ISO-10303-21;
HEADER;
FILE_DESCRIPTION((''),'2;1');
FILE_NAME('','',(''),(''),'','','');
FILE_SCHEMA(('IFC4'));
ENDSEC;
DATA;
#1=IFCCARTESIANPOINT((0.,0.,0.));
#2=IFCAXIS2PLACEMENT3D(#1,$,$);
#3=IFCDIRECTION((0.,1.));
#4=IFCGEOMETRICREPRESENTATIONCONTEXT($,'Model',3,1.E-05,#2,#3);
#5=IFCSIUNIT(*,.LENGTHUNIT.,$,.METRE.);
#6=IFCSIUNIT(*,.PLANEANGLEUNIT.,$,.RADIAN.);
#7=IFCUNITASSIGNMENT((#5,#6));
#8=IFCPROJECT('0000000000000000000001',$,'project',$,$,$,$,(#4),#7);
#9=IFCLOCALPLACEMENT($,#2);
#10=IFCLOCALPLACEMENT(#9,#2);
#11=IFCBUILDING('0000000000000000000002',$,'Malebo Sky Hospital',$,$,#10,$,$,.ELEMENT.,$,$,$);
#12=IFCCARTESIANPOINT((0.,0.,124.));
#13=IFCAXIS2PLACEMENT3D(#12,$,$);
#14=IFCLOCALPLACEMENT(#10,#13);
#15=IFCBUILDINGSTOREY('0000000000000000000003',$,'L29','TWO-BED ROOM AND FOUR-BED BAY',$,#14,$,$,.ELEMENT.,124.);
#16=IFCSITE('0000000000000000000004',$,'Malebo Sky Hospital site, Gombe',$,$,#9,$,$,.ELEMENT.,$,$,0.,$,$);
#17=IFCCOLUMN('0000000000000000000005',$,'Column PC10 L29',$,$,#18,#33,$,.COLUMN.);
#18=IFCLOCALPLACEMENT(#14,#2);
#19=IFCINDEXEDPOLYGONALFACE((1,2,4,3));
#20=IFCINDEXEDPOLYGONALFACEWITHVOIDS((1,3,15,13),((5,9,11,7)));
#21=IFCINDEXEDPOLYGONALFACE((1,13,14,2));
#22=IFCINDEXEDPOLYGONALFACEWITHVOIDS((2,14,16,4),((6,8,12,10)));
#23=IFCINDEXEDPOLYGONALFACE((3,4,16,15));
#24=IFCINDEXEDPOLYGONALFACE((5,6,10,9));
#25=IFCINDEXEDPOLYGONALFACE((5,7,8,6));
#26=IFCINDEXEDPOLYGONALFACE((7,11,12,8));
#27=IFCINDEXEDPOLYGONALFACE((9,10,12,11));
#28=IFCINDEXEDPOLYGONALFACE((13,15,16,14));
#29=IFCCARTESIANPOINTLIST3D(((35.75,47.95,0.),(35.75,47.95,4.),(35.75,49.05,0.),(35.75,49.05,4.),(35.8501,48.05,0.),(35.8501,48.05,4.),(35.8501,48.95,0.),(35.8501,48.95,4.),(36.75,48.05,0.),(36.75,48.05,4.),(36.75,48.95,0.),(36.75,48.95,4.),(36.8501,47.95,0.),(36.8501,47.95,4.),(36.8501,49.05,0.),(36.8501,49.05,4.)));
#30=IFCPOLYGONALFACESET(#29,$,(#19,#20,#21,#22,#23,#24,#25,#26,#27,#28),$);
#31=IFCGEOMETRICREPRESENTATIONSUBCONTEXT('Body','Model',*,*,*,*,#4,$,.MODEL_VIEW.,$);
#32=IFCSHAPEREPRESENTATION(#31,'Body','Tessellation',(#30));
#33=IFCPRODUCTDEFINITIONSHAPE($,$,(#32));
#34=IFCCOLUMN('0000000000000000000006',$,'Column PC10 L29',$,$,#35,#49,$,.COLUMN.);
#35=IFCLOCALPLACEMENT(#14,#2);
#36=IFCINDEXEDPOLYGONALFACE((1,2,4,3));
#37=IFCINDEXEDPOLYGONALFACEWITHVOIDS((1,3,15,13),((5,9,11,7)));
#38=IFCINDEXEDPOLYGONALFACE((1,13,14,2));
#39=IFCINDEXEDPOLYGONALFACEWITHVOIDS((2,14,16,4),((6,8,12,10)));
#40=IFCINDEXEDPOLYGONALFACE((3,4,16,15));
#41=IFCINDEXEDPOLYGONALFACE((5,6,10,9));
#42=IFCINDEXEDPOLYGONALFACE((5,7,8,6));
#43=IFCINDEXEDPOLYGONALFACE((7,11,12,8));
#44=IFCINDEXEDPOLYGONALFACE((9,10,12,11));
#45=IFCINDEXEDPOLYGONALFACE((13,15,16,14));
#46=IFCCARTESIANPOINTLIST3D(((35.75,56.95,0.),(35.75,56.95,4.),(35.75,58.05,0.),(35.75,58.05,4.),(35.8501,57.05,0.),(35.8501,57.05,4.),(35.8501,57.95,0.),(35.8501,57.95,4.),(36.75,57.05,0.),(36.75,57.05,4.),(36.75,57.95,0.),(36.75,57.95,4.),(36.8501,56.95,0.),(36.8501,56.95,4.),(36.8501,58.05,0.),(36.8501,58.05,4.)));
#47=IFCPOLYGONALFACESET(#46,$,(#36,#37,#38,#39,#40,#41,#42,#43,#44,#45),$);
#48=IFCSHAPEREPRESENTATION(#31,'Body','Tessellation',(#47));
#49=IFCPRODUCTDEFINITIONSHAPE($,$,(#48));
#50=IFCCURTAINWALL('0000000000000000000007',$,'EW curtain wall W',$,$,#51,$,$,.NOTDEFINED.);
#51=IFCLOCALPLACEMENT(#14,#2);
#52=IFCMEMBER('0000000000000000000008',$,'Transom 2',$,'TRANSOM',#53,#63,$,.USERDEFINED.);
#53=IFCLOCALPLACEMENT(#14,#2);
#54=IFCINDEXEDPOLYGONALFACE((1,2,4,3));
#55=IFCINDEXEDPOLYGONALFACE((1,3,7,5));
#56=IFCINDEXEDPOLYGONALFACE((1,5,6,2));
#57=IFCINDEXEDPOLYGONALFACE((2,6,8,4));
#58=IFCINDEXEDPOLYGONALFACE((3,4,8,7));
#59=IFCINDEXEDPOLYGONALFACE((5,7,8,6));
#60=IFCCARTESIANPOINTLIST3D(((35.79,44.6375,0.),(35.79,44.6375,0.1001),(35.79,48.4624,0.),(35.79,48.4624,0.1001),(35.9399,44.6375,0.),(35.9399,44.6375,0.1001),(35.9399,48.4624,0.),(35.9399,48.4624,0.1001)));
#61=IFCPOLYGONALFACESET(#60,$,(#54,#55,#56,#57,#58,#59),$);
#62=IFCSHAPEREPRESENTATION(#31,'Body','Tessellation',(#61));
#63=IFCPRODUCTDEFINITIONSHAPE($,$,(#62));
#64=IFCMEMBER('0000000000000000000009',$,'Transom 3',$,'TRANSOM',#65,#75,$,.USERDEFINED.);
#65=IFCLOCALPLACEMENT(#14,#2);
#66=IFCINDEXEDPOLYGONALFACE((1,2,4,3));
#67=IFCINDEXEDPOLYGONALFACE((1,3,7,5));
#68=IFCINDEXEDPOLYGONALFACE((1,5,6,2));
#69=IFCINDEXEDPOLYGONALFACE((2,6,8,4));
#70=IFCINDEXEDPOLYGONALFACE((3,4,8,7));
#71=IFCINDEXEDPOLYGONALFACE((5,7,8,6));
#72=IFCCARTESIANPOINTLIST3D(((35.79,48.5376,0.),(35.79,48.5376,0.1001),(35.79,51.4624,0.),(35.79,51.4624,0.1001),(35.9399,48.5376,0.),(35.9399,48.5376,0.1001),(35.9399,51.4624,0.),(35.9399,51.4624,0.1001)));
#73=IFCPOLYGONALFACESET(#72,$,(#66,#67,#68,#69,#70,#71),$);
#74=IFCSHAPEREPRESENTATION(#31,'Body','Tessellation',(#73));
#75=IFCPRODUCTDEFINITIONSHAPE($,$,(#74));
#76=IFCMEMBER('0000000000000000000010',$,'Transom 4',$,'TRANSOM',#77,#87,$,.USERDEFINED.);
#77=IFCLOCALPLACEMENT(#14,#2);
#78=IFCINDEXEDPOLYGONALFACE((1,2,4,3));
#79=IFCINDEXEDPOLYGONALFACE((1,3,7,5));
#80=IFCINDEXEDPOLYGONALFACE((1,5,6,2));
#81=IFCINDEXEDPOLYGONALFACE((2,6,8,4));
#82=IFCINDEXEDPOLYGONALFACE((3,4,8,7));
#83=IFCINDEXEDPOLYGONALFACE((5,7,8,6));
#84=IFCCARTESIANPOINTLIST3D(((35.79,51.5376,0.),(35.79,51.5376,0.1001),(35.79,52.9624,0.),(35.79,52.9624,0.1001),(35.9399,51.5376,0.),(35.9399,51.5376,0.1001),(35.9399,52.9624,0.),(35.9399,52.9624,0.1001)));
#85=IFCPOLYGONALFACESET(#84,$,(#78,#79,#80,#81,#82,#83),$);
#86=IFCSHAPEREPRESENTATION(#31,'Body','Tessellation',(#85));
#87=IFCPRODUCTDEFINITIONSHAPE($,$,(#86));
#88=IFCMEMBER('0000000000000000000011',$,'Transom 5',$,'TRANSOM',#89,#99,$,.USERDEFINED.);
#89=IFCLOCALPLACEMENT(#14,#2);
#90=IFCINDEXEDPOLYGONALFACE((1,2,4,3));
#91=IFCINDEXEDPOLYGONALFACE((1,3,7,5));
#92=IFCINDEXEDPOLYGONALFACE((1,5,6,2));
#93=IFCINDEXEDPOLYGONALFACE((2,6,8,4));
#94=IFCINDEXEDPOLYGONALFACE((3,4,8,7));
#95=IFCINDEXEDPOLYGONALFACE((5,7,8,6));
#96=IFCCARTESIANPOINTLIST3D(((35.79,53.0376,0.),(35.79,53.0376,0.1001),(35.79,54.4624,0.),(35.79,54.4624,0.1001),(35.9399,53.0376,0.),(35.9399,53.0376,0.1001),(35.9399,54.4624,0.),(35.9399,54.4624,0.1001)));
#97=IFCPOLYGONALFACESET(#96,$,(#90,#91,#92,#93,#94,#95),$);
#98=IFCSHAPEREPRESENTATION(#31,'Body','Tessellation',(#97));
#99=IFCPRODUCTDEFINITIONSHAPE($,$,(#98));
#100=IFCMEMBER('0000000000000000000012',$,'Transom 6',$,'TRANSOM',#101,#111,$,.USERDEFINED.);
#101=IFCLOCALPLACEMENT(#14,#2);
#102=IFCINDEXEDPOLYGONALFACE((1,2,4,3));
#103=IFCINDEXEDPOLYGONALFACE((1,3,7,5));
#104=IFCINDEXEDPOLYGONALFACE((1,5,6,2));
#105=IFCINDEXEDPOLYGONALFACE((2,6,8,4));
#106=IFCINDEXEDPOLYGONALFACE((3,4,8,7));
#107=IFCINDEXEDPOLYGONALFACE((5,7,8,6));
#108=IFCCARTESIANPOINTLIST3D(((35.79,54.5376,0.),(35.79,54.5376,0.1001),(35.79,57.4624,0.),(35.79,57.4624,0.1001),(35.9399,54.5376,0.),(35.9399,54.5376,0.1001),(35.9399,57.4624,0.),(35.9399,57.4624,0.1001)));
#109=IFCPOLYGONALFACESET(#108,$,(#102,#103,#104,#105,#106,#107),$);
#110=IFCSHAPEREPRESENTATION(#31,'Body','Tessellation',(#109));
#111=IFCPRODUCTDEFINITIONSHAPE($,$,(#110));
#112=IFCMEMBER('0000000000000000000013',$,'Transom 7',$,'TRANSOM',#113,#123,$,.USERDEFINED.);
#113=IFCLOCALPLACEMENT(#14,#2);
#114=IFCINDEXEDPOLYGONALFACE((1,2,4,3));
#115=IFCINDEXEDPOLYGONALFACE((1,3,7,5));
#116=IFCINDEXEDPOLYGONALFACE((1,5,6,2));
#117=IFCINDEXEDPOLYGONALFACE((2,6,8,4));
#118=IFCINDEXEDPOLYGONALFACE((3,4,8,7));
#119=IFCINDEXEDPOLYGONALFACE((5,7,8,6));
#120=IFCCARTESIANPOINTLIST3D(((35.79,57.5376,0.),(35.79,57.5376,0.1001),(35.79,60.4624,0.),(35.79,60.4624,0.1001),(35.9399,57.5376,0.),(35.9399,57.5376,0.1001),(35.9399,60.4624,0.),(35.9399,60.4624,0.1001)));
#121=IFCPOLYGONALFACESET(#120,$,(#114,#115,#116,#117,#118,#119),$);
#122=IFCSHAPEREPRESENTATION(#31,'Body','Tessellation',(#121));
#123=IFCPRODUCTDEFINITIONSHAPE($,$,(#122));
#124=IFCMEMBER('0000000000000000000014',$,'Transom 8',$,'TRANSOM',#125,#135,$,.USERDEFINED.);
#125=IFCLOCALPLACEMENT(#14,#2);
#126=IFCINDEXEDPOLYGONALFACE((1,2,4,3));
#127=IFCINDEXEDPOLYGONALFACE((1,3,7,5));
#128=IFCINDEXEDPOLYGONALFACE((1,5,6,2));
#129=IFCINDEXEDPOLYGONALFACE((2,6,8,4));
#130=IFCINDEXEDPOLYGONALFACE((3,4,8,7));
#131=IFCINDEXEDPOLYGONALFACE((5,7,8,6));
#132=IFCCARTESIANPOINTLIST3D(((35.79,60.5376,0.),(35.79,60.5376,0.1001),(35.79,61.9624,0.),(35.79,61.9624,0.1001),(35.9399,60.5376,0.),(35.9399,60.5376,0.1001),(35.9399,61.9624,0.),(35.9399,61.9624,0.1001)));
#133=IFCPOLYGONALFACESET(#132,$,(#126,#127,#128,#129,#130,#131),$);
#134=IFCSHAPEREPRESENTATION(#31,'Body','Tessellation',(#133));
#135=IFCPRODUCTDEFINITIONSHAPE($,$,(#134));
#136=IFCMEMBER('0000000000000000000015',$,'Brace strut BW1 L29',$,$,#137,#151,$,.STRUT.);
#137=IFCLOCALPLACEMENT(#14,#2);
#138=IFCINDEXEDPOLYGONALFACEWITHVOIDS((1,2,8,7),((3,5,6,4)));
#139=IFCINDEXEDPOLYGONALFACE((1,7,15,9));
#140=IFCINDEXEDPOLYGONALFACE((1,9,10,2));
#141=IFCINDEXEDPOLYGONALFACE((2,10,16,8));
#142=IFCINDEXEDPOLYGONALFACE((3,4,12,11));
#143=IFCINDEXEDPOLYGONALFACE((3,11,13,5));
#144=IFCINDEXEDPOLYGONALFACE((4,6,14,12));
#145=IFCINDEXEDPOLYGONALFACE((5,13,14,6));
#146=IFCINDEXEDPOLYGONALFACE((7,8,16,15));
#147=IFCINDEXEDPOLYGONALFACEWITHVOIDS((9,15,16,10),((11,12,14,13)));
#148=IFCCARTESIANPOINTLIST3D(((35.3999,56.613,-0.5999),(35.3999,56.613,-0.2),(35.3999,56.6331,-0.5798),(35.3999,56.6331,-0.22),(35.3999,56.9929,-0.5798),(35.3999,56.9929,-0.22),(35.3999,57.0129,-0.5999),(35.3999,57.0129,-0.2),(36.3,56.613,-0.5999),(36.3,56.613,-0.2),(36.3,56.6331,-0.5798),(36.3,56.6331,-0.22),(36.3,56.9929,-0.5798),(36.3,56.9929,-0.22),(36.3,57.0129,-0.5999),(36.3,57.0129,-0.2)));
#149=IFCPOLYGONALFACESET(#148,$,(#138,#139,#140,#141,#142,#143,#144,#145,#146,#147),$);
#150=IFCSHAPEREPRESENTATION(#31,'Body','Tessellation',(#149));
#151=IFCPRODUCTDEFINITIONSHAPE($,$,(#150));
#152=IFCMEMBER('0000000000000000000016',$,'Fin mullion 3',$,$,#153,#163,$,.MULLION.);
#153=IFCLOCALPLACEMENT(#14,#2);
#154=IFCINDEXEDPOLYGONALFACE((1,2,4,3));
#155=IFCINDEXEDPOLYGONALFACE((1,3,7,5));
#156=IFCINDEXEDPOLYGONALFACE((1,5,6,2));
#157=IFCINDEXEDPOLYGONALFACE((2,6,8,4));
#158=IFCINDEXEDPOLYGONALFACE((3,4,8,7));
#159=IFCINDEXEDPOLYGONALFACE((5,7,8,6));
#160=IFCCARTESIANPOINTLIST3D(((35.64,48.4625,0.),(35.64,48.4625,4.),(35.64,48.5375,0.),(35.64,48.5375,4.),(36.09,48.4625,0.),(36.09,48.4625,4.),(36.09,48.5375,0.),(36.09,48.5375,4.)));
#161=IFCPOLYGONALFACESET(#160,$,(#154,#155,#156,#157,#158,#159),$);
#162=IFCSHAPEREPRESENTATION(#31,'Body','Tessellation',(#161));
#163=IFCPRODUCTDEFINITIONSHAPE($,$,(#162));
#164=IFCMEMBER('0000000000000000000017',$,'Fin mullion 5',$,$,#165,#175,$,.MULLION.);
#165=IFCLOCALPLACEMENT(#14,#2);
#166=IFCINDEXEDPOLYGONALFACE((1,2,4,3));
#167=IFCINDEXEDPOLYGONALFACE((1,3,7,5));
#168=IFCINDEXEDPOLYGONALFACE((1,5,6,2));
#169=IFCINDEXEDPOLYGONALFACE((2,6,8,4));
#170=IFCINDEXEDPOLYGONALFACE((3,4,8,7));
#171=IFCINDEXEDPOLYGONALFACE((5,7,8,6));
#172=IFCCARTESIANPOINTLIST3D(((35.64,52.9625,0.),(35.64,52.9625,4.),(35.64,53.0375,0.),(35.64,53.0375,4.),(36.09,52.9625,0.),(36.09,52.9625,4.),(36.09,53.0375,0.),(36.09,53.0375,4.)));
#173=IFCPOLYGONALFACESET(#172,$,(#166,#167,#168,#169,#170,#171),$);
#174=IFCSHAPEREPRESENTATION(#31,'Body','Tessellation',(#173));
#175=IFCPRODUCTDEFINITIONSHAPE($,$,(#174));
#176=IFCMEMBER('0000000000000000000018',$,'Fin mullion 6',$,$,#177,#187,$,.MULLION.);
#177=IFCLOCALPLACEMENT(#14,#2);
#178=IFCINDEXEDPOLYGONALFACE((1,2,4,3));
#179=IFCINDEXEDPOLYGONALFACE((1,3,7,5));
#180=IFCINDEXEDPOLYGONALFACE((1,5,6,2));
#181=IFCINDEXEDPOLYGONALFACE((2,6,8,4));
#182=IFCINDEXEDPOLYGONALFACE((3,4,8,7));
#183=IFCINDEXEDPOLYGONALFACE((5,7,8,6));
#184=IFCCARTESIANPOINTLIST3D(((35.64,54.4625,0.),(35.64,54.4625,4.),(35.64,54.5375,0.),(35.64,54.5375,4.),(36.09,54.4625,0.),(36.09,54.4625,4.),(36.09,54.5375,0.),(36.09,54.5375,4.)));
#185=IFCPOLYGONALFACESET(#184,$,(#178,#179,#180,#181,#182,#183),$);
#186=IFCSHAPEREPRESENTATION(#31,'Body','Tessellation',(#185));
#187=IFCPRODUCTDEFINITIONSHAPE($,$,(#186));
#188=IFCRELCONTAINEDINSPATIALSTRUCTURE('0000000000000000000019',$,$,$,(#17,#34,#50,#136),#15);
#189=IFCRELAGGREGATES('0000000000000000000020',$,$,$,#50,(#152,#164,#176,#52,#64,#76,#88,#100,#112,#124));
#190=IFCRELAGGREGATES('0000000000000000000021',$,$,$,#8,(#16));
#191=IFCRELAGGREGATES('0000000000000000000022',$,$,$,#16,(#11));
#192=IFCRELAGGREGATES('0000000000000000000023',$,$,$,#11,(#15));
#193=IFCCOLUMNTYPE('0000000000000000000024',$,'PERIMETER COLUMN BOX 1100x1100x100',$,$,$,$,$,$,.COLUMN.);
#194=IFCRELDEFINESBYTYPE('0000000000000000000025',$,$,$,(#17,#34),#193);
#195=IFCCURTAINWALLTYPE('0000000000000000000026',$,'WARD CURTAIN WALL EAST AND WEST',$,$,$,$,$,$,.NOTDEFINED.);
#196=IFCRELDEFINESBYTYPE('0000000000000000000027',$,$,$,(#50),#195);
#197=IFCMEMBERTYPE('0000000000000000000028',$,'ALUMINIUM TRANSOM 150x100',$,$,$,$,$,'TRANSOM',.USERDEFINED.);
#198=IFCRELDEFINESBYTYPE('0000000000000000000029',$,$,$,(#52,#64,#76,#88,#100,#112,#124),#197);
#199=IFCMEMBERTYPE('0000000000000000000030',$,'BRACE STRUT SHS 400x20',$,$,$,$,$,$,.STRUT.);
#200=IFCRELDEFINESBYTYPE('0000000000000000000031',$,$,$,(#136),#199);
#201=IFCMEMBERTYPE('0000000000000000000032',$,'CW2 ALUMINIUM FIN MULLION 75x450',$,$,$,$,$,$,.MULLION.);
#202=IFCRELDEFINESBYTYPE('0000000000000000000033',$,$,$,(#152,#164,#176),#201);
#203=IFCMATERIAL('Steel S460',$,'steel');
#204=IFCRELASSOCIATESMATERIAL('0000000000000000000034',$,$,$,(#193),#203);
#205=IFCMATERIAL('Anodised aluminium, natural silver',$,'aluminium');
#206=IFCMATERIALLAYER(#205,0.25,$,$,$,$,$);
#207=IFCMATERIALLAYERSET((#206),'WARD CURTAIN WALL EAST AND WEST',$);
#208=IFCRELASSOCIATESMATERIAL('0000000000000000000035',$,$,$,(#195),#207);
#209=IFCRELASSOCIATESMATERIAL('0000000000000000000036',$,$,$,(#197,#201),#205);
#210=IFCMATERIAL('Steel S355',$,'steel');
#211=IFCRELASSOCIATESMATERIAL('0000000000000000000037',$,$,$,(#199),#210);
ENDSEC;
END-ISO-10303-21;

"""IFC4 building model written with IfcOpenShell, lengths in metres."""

from ifc_helpers import new_model, si_unit, direction, frame, origin, origin_2d, place, context, subcontext, project, spatial, rectangle, hollow_rectangle, extrude, material, layer, layer_set, material_profile, profile_set, type_object, element, aggregate, save


model = new_model("IFC4")

# Units and contexts
model_context = context("Model", 3, precision=1e-05, world=origin(), true_north=direction((0.0, 1.0)))
body_context = subcontext(model_context, "Body", "Model", "MODEL_VIEW")
ifc_project = project(units=[si_unit("LENGTHUNIT", "METRE"), si_unit("PLANEANGLEUNIT", "RADIAN")], contexts=[model_context])

# Site, building, storey
site_placement = place(None, origin())
site = spatial("IfcSite", under=ifc_project, at=site_placement, Name="Malebo Sky Hospital site, Gombe", CompositionType="ELEMENT", RefElevation=0.0)
building_placement = place(site_placement, origin())
building = spatial("IfcBuilding", under=site, at=building_placement, Name="Malebo Sky Hospital", CompositionType="ELEMENT")
storey_placement = place(building_placement, frame((0.0, 0.0, 124.0)))
storey = spatial("IfcBuildingStorey", under=building, at=storey_placement, Name="L29", Description="TWO-BED ROOM AND FOUR-BED BAY", CompositionType="ELEMENT", Elevation=124.0)

# Columns
ifc_material_1 = material(Name="Steel S460", Category="steel")
ifc_material_profile_1 = material_profile(ifc_material_1, hollow_rectangle(XDim=1.1001, YDim=1.1001, WallThickness=0.1001, at=origin_2d()), Name="BOX 1100x1100x100")
ifc_profile_set_1 = profile_set([ifc_material_profile_1], Name="Steel S460")
column_type = type_object("IfcColumnType", Name="PERIMETER COLUMN BOX 1100x1100x100", PredefinedType="COLUMN", material=ifc_profile_set_1)
for number, where, z_axis, x_axis, name in (
    (1, (36.3, 48.5, 0.0), (0.0, 0.0, 1.0), (1.0, 0.0, 0.0), "Column PC10 L29"),
    (2, (36.3, 57.5, 0.0), (0.0, 0.0, 1.0), (1.0, 0.0, 0.0), "Column PC10 L29"),
):
    element("IfcColumn", number, at=place(storey_placement, frame(where, z_axis=z_axis, x_axis=x_axis)), inside=storey, type_object=column_type, Name=name, PredefinedType="COLUMN", context=body_context, shape_type="SweptSolid", body=[
        extrude(hollow_rectangle(XDim=1.1001, YDim=1.1001, WallThickness=0.1001, at=origin_2d()), origin(), (0.0, 0.0, 1.0), 4.0),
    ])

# Curtain wall, members
ifc_material_2 = material(Name="Anodised aluminium, natural silver", Category="aluminium")
ifc_layer_1 = layer(ifc_material_2, 0.25)
ifc_layer_set_1 = layer_set([ifc_layer_1], Name="WARD CURTAIN WALL EAST AND WEST")
curtain_wall_type = type_object("IfcCurtainWallType", Name="WARD CURTAIN WALL EAST AND WEST", PredefinedType="NOTDEFINED", material=ifc_layer_set_1)
curtain_wall_placement = place(storey_placement, origin())
curtain_wall = element("IfcCurtainWall", 3, at=curtain_wall_placement, inside=storey, type_object=curtain_wall_type, Name="EW curtain wall W", PredefinedType="NOTDEFINED")
ifc_material_profile_2 = material_profile(ifc_material_2, rectangle(XDim=0.1499, YDim=0.1001, at=origin_2d()), Name="ALUMINIUM TRANSOM 150x100")
ifc_profile_set_2 = profile_set([ifc_material_profile_2], Name="Anodised aluminium, natural silver")
member_type_1 = type_object("IfcMemberType", Name="ALUMINIUM TRANSOM 150x100", ElementType="TRANSOM", PredefinedType="USERDEFINED", material=ifc_profile_set_2)
member_1_placement = place(storey_placement, frame((35.865, 44.6375, 0.05), z_axis=(0.0, 1.0, 0.0), x_axis=(-1.0, 0.0, 0.0)))
member_1 = element("IfcMember", 4, at=member_1_placement, type_object=member_type_1, Name="Transom 2", ObjectType="TRANSOM", PredefinedType="USERDEFINED", context=body_context, shape_type="SweptSolid", body=[
    extrude(rectangle(XDim=0.1499, YDim=0.1001, at=origin_2d()), origin(), (0.0, 0.0, 1.0), 3.825),
])
member_2_placement = place(storey_placement, frame((35.865, 48.5376, 0.05), z_axis=(0.0, 1.0, 0.0), x_axis=(-1.0, 0.0, 0.0)))
member_2 = element("IfcMember", 5, at=member_2_placement, type_object=member_type_1, Name="Transom 3", ObjectType="TRANSOM", PredefinedType="USERDEFINED", context=body_context, shape_type="SweptSolid", body=[
    extrude(rectangle(XDim=0.1499, YDim=0.1001, at=origin_2d()), origin(), (0.0, 0.0, 1.0), 2.9248),
])
member_3_placement = place(storey_placement, frame((35.865, 51.5376, 0.05), z_axis=(0.0, 1.0, 0.0), x_axis=(-1.0, 0.0, 0.0)))
member_3 = element("IfcMember", 6, at=member_3_placement, type_object=member_type_1, Name="Transom 4", ObjectType="TRANSOM", PredefinedType="USERDEFINED", context=body_context, shape_type="SweptSolid", body=[
    extrude(rectangle(XDim=0.1499, YDim=0.1001, at=origin_2d()), origin(), (0.0, 0.0, 1.0), 1.4248),
])
member_4_placement = place(storey_placement, frame((35.865, 53.0376, 0.05), z_axis=(0.0, 1.0, 0.0), x_axis=(-1.0, 0.0, 0.0)))
member_4 = element("IfcMember", 7, at=member_4_placement, type_object=member_type_1, Name="Transom 5", ObjectType="TRANSOM", PredefinedType="USERDEFINED", context=body_context, shape_type="SweptSolid", body=[
    extrude(rectangle(XDim=0.1499, YDim=0.1001, at=origin_2d()), origin(), (0.0, 0.0, 1.0), 1.4248),
])
member_5_placement = place(storey_placement, frame((35.865, 54.5376, 0.05), z_axis=(0.0, 1.0, 0.0), x_axis=(-1.0, 0.0, 0.0)))
member_5 = element("IfcMember", 8, at=member_5_placement, type_object=member_type_1, Name="Transom 6", ObjectType="TRANSOM", PredefinedType="USERDEFINED", context=body_context, shape_type="SweptSolid", body=[
    extrude(rectangle(XDim=0.1499, YDim=0.1001, at=origin_2d()), origin(), (0.0, 0.0, 1.0), 2.9248),
])
member_6_placement = place(storey_placement, frame((35.865, 57.5376, 0.05), z_axis=(0.0, 1.0, 0.0), x_axis=(-1.0, 0.0, 0.0)))
member_6 = element("IfcMember", 9, at=member_6_placement, type_object=member_type_1, Name="Transom 7", ObjectType="TRANSOM", PredefinedType="USERDEFINED", context=body_context, shape_type="SweptSolid", body=[
    extrude(rectangle(XDim=0.1499, YDim=0.1001, at=origin_2d()), origin(), (0.0, 0.0, 1.0), 2.9248),
])
member_7_placement = place(storey_placement, frame((35.865, 60.5376, 0.05), z_axis=(0.0, 1.0, 0.0), x_axis=(-1.0, 0.0, 0.0)))
member_7 = element("IfcMember", 10, at=member_7_placement, type_object=member_type_1, Name="Transom 8", ObjectType="TRANSOM", PredefinedType="USERDEFINED", context=body_context, shape_type="SweptSolid", body=[
    extrude(rectangle(XDim=0.1499, YDim=0.1001, at=origin_2d()), origin(), (0.0, 0.0, 1.0), 1.4248),
])

# Members
ifc_material_3 = material(Name="Steel S355", Category="steel")
ifc_material_profile_3 = material_profile(ifc_material_3, hollow_rectangle(XDim=0.3999, YDim=0.3999, WallThickness=0.02, at=origin_2d()), Name="SHS 400x20")
ifc_profile_set_3 = profile_set([ifc_material_profile_3], Name="Steel S355")
member_type_2 = type_object("IfcMemberType", Name="BRACE STRUT SHS 400x20", PredefinedType="STRUT", material=ifc_profile_set_3)
member_8_placement = place(storey_placement, frame((35.3999, 56.813, -0.3999), z_axis=(1.0, 0.0, 0.0), x_axis=(0.0, 1.0, 0.0)))
element("IfcMember", 11, at=member_8_placement, inside=storey, type_object=member_type_2, Name="Brace strut BW1 L29", PredefinedType="STRUT", context=body_context, shape_type="SweptSolid", body=[
    extrude(hollow_rectangle(XDim=0.3999, YDim=0.3999, WallThickness=0.02, at=origin_2d()), origin(), (0.0, 0.0, 1.0), 0.9001),
])
ifc_material_profile_4 = material_profile(ifc_material_2, rectangle(XDim=0.075, YDim=0.45, at=origin_2d()), Name="CW2 ALUMINIUM FIN MULLION 75x450")
ifc_profile_set_4 = profile_set([ifc_material_profile_4], Name="Anodised aluminium, natural silver")
member_type_3 = type_object("IfcMemberType", Name="CW2 ALUMINIUM FIN MULLION 75x450", PredefinedType="MULLION", material=ifc_profile_set_4)
member_9_placement = place(storey_placement, frame((35.865, 48.5, 0.0), z_axis=(0.0, 0.0, 1.0), x_axis=(0.0, 1.0, 0.0)))
member_9 = element("IfcMember", 12, at=member_9_placement, type_object=member_type_3, Name="Fin mullion 3", PredefinedType="MULLION", context=body_context, shape_type="SweptSolid", body=[
    extrude(rectangle(XDim=0.075, YDim=0.45, at=origin_2d()), origin(), (0.0, 0.0, 1.0), 4.0),
])
member_10_placement = place(storey_placement, frame((35.865, 53.0, 0.0), z_axis=(0.0, 0.0, 1.0), x_axis=(0.0, 1.0, 0.0)))
member_10 = element("IfcMember", 13, at=member_10_placement, type_object=member_type_3, Name="Fin mullion 5", PredefinedType="MULLION", context=body_context, shape_type="SweptSolid", body=[
    extrude(rectangle(XDim=0.075, YDim=0.45, at=origin_2d()), origin(), (0.0, 0.0, 1.0), 4.0),
])
member_11_placement = place(storey_placement, frame((35.865, 54.5, 0.0), z_axis=(0.0, 0.0, 1.0), x_axis=(0.0, 1.0, 0.0)))
member_11 = element("IfcMember", 14, at=member_11_placement, type_object=member_type_3, Name="Fin mullion 6", PredefinedType="MULLION", context=body_context, shape_type="SweptSolid", body=[
    extrude(rectangle(XDim=0.075, YDim=0.45, at=origin_2d()), origin(), (0.0, 0.0, 1.0), 4.0),
])

aggregate(curtain_wall, [member_9, member_10, member_11, member_1, member_2, member_3, member_4, member_5, member_6, member_7])

save(model, "model.ifc")
